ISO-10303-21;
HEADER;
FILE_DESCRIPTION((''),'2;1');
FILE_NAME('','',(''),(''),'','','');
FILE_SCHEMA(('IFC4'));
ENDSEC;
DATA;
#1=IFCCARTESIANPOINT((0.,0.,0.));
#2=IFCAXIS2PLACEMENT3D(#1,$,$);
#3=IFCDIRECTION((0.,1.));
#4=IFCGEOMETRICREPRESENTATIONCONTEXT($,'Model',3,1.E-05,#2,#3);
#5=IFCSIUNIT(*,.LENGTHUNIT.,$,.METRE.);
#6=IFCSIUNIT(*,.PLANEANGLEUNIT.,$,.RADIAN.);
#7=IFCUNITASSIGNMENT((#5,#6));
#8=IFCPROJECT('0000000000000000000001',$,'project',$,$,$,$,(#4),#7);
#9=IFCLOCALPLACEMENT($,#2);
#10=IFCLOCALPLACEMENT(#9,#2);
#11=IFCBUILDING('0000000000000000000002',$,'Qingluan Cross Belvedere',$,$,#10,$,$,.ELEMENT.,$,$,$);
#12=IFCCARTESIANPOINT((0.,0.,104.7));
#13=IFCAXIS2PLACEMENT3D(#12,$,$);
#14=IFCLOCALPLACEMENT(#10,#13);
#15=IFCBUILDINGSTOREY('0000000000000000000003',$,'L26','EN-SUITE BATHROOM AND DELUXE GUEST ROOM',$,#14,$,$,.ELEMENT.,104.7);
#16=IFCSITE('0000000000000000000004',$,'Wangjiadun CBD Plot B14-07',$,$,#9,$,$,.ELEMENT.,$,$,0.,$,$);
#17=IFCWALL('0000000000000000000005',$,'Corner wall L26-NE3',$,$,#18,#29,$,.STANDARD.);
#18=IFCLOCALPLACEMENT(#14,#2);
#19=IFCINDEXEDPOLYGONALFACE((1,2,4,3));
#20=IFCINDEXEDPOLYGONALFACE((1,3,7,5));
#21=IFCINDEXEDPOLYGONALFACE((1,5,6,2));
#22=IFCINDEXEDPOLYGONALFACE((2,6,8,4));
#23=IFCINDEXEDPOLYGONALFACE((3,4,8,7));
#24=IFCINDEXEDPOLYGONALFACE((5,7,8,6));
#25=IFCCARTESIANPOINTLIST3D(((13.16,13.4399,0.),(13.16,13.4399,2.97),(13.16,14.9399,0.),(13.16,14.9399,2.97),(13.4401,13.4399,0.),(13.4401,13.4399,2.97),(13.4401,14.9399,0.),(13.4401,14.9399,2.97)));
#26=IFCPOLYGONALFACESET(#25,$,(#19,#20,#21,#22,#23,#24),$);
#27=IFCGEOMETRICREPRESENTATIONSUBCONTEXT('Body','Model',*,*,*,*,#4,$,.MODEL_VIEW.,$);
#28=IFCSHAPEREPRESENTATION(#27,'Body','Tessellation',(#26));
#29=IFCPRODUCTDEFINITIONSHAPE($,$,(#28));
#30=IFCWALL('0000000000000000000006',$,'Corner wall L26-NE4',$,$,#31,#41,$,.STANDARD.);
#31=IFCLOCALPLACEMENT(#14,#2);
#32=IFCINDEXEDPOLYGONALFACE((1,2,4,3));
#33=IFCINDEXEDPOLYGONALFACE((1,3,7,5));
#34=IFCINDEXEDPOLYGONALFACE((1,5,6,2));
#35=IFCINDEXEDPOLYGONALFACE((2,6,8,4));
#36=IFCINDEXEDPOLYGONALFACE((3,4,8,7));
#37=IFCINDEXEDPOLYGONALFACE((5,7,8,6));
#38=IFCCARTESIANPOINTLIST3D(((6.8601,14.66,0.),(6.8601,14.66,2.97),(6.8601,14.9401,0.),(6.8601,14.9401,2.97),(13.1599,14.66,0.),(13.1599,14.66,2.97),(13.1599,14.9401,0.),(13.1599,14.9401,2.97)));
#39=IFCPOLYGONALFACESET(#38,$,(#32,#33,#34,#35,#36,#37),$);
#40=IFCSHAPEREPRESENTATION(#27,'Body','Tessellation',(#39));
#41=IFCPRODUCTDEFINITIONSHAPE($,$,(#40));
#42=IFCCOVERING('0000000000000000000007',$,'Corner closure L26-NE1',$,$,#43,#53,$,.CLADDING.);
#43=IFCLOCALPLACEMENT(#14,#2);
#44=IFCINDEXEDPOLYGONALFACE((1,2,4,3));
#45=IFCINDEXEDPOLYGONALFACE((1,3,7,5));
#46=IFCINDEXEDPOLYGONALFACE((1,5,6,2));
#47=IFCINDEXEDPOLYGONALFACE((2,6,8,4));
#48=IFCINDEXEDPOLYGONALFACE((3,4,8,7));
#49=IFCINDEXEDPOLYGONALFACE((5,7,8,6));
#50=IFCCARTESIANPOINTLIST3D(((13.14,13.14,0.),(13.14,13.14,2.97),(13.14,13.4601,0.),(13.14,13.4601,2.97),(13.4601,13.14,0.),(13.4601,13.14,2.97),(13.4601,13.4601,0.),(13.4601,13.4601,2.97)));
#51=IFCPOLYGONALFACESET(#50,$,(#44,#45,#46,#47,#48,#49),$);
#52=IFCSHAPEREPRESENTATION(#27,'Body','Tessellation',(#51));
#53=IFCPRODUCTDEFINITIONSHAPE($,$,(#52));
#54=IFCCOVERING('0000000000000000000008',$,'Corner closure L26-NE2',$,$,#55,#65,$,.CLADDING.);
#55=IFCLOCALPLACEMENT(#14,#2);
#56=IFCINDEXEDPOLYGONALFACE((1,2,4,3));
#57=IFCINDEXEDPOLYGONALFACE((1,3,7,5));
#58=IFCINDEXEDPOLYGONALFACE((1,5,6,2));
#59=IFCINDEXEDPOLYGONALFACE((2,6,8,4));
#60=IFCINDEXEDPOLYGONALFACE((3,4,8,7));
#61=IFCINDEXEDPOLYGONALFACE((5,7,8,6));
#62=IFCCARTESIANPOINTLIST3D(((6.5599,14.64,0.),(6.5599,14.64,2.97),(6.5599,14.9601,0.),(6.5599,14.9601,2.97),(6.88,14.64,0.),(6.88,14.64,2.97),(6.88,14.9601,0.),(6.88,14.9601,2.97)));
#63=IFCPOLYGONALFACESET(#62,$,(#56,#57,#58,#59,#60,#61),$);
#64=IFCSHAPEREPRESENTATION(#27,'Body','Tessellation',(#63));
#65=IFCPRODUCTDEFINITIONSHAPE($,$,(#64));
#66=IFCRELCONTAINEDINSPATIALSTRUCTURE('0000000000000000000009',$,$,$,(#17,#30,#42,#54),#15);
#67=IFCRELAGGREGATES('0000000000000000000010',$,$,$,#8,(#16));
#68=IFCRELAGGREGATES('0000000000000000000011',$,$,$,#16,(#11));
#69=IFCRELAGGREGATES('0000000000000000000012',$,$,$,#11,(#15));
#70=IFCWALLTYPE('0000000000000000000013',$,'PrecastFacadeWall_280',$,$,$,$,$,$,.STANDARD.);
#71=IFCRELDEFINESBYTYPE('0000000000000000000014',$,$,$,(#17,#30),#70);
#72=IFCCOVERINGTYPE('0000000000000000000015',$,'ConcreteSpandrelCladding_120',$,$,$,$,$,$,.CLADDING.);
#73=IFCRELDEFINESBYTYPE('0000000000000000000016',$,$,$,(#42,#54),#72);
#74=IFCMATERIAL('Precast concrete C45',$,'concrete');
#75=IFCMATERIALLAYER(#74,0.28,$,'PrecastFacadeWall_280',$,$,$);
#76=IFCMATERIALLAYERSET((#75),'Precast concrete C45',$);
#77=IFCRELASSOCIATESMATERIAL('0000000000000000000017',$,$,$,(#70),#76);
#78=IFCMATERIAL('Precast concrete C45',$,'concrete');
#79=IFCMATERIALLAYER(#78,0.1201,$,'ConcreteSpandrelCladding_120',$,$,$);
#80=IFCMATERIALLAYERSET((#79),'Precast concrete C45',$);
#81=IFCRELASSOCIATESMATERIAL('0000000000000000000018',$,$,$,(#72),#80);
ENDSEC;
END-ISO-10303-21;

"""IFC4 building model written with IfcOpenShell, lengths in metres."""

from ifc_helpers import new_model, si_unit, direction, frame, frame_2d, origin, origin_2d, place, context, subcontext, project, spatial, rectangle, extrude, material, layer, layer_set, type_object, element, save


model = new_model("IFC4")

# Units and contexts
model_context = context("Model", 3, precision=1e-05, world=origin(), true_north=direction((0.0, 1.0)))
body_context = subcontext(model_context, "Body", "Model", "MODEL_VIEW")
ifc_project = project(units=[si_unit("LENGTHUNIT", "METRE"), si_unit("PLANEANGLEUNIT", "RADIAN")], contexts=[model_context])

# Site, building, storey
site_placement = place(None, origin())
site = spatial("IfcSite", under=ifc_project, at=site_placement, Name="Wangjiadun CBD Plot B14-07", CompositionType="ELEMENT", RefElevation=0.0)
building_placement = place(site_placement, origin())
building = spatial("IfcBuilding", under=site, at=building_placement, Name="Qingluan Cross Belvedere", CompositionType="ELEMENT")
storey_placement = place(building_placement, frame((0.0, 0.0, 104.7)))
storey = spatial("IfcBuildingStorey", under=building, at=storey_placement, Name="L26", Description="EN-SUITE BATHROOM AND DELUXE GUEST ROOM", CompositionType="ELEMENT", Elevation=104.7)

# Shared definitions
ifc_material_1 = material(Name="Precast concrete C45", Category="concrete")
ifc_layer_1 = layer(ifc_material_1, 0.28, Name="PrecastFacadeWall_280")
ifc_layer_set_1 = layer_set([ifc_layer_1], Name="Precast concrete C45")
wall_type_1 = type_object("IfcWallType", Name="PrecastFacadeWall_280", PredefinedType="STANDARD", material=ifc_layer_set_1)

# Walls
wall_1_placement = place(storey_placement, frame((13.3, 13.4399, 0.0), z_axis=(0.0, 0.0, 1.0), x_axis=(0.0, 1.0, 0.0)))
element("IfcWall", 1, at=wall_1_placement, inside=storey, type_object=wall_type_1, Name="Corner wall L26-NE3", PredefinedType="STANDARD", context=body_context, shape_type="SweptSolid", body=[
    extrude(rectangle(XDim=1.5, YDim=0.28, at=frame_2d((0.75, 0.0))), origin(), (0.0, 0.0, 1.0), 2.97),
])
wall_2_placement = place(storey_placement, frame((13.1599, 14.8, 0.0), z_axis=(0.0, 0.0, 1.0), x_axis=(-1.0, 0.0, 0.0)))
element("IfcWall", 2, at=wall_2_placement, inside=storey, type_object=wall_type_1, Name="Corner wall L26-NE4", PredefinedType="STANDARD", context=body_context, shape_type="SweptSolid", body=[
    extrude(rectangle(XDim=6.2998, YDim=0.28, at=frame_2d((3.1499, 0.0))), origin(), (0.0, 0.0, 1.0), 2.97),
])

# Coverings
ifc_material_2 = material(Name="Precast concrete C45", Category="concrete")
ifc_layer_2 = layer(ifc_material_2, 0.1201, Name="ConcreteSpandrelCladding_120")
ifc_layer_set_2 = layer_set([ifc_layer_2], Name="Precast concrete C45")
covering_type = type_object("IfcCoveringType", Name="ConcreteSpandrelCladding_120", PredefinedType="CLADDING", material=ifc_layer_set_2)
for number, where, z_axis, x_axis, name in (
    (3, (13.3, 13.3, 0.0), (0.0, 0.0, 1.0), (1.0, 0.0, 0.0), "Corner closure L26-NE1"),
    (4, (6.72, 14.8, 0.0), (0.0, 0.0, 1.0), (1.0, 0.0, 0.0), "Corner closure L26-NE2"),
):
    element("IfcCovering", number, at=place(storey_placement, frame(where, z_axis=z_axis, x_axis=x_axis)), inside=storey, type_object=covering_type, Name=name, PredefinedType="CLADDING", context=body_context, shape_type="SweptSolid", body=[
        extrude(rectangle(XDim=0.3201, YDim=0.3201, at=origin_2d()), origin(), (0.0, 0.0, 1.0), 2.97),
    ])

save(model, "model.ifc")
